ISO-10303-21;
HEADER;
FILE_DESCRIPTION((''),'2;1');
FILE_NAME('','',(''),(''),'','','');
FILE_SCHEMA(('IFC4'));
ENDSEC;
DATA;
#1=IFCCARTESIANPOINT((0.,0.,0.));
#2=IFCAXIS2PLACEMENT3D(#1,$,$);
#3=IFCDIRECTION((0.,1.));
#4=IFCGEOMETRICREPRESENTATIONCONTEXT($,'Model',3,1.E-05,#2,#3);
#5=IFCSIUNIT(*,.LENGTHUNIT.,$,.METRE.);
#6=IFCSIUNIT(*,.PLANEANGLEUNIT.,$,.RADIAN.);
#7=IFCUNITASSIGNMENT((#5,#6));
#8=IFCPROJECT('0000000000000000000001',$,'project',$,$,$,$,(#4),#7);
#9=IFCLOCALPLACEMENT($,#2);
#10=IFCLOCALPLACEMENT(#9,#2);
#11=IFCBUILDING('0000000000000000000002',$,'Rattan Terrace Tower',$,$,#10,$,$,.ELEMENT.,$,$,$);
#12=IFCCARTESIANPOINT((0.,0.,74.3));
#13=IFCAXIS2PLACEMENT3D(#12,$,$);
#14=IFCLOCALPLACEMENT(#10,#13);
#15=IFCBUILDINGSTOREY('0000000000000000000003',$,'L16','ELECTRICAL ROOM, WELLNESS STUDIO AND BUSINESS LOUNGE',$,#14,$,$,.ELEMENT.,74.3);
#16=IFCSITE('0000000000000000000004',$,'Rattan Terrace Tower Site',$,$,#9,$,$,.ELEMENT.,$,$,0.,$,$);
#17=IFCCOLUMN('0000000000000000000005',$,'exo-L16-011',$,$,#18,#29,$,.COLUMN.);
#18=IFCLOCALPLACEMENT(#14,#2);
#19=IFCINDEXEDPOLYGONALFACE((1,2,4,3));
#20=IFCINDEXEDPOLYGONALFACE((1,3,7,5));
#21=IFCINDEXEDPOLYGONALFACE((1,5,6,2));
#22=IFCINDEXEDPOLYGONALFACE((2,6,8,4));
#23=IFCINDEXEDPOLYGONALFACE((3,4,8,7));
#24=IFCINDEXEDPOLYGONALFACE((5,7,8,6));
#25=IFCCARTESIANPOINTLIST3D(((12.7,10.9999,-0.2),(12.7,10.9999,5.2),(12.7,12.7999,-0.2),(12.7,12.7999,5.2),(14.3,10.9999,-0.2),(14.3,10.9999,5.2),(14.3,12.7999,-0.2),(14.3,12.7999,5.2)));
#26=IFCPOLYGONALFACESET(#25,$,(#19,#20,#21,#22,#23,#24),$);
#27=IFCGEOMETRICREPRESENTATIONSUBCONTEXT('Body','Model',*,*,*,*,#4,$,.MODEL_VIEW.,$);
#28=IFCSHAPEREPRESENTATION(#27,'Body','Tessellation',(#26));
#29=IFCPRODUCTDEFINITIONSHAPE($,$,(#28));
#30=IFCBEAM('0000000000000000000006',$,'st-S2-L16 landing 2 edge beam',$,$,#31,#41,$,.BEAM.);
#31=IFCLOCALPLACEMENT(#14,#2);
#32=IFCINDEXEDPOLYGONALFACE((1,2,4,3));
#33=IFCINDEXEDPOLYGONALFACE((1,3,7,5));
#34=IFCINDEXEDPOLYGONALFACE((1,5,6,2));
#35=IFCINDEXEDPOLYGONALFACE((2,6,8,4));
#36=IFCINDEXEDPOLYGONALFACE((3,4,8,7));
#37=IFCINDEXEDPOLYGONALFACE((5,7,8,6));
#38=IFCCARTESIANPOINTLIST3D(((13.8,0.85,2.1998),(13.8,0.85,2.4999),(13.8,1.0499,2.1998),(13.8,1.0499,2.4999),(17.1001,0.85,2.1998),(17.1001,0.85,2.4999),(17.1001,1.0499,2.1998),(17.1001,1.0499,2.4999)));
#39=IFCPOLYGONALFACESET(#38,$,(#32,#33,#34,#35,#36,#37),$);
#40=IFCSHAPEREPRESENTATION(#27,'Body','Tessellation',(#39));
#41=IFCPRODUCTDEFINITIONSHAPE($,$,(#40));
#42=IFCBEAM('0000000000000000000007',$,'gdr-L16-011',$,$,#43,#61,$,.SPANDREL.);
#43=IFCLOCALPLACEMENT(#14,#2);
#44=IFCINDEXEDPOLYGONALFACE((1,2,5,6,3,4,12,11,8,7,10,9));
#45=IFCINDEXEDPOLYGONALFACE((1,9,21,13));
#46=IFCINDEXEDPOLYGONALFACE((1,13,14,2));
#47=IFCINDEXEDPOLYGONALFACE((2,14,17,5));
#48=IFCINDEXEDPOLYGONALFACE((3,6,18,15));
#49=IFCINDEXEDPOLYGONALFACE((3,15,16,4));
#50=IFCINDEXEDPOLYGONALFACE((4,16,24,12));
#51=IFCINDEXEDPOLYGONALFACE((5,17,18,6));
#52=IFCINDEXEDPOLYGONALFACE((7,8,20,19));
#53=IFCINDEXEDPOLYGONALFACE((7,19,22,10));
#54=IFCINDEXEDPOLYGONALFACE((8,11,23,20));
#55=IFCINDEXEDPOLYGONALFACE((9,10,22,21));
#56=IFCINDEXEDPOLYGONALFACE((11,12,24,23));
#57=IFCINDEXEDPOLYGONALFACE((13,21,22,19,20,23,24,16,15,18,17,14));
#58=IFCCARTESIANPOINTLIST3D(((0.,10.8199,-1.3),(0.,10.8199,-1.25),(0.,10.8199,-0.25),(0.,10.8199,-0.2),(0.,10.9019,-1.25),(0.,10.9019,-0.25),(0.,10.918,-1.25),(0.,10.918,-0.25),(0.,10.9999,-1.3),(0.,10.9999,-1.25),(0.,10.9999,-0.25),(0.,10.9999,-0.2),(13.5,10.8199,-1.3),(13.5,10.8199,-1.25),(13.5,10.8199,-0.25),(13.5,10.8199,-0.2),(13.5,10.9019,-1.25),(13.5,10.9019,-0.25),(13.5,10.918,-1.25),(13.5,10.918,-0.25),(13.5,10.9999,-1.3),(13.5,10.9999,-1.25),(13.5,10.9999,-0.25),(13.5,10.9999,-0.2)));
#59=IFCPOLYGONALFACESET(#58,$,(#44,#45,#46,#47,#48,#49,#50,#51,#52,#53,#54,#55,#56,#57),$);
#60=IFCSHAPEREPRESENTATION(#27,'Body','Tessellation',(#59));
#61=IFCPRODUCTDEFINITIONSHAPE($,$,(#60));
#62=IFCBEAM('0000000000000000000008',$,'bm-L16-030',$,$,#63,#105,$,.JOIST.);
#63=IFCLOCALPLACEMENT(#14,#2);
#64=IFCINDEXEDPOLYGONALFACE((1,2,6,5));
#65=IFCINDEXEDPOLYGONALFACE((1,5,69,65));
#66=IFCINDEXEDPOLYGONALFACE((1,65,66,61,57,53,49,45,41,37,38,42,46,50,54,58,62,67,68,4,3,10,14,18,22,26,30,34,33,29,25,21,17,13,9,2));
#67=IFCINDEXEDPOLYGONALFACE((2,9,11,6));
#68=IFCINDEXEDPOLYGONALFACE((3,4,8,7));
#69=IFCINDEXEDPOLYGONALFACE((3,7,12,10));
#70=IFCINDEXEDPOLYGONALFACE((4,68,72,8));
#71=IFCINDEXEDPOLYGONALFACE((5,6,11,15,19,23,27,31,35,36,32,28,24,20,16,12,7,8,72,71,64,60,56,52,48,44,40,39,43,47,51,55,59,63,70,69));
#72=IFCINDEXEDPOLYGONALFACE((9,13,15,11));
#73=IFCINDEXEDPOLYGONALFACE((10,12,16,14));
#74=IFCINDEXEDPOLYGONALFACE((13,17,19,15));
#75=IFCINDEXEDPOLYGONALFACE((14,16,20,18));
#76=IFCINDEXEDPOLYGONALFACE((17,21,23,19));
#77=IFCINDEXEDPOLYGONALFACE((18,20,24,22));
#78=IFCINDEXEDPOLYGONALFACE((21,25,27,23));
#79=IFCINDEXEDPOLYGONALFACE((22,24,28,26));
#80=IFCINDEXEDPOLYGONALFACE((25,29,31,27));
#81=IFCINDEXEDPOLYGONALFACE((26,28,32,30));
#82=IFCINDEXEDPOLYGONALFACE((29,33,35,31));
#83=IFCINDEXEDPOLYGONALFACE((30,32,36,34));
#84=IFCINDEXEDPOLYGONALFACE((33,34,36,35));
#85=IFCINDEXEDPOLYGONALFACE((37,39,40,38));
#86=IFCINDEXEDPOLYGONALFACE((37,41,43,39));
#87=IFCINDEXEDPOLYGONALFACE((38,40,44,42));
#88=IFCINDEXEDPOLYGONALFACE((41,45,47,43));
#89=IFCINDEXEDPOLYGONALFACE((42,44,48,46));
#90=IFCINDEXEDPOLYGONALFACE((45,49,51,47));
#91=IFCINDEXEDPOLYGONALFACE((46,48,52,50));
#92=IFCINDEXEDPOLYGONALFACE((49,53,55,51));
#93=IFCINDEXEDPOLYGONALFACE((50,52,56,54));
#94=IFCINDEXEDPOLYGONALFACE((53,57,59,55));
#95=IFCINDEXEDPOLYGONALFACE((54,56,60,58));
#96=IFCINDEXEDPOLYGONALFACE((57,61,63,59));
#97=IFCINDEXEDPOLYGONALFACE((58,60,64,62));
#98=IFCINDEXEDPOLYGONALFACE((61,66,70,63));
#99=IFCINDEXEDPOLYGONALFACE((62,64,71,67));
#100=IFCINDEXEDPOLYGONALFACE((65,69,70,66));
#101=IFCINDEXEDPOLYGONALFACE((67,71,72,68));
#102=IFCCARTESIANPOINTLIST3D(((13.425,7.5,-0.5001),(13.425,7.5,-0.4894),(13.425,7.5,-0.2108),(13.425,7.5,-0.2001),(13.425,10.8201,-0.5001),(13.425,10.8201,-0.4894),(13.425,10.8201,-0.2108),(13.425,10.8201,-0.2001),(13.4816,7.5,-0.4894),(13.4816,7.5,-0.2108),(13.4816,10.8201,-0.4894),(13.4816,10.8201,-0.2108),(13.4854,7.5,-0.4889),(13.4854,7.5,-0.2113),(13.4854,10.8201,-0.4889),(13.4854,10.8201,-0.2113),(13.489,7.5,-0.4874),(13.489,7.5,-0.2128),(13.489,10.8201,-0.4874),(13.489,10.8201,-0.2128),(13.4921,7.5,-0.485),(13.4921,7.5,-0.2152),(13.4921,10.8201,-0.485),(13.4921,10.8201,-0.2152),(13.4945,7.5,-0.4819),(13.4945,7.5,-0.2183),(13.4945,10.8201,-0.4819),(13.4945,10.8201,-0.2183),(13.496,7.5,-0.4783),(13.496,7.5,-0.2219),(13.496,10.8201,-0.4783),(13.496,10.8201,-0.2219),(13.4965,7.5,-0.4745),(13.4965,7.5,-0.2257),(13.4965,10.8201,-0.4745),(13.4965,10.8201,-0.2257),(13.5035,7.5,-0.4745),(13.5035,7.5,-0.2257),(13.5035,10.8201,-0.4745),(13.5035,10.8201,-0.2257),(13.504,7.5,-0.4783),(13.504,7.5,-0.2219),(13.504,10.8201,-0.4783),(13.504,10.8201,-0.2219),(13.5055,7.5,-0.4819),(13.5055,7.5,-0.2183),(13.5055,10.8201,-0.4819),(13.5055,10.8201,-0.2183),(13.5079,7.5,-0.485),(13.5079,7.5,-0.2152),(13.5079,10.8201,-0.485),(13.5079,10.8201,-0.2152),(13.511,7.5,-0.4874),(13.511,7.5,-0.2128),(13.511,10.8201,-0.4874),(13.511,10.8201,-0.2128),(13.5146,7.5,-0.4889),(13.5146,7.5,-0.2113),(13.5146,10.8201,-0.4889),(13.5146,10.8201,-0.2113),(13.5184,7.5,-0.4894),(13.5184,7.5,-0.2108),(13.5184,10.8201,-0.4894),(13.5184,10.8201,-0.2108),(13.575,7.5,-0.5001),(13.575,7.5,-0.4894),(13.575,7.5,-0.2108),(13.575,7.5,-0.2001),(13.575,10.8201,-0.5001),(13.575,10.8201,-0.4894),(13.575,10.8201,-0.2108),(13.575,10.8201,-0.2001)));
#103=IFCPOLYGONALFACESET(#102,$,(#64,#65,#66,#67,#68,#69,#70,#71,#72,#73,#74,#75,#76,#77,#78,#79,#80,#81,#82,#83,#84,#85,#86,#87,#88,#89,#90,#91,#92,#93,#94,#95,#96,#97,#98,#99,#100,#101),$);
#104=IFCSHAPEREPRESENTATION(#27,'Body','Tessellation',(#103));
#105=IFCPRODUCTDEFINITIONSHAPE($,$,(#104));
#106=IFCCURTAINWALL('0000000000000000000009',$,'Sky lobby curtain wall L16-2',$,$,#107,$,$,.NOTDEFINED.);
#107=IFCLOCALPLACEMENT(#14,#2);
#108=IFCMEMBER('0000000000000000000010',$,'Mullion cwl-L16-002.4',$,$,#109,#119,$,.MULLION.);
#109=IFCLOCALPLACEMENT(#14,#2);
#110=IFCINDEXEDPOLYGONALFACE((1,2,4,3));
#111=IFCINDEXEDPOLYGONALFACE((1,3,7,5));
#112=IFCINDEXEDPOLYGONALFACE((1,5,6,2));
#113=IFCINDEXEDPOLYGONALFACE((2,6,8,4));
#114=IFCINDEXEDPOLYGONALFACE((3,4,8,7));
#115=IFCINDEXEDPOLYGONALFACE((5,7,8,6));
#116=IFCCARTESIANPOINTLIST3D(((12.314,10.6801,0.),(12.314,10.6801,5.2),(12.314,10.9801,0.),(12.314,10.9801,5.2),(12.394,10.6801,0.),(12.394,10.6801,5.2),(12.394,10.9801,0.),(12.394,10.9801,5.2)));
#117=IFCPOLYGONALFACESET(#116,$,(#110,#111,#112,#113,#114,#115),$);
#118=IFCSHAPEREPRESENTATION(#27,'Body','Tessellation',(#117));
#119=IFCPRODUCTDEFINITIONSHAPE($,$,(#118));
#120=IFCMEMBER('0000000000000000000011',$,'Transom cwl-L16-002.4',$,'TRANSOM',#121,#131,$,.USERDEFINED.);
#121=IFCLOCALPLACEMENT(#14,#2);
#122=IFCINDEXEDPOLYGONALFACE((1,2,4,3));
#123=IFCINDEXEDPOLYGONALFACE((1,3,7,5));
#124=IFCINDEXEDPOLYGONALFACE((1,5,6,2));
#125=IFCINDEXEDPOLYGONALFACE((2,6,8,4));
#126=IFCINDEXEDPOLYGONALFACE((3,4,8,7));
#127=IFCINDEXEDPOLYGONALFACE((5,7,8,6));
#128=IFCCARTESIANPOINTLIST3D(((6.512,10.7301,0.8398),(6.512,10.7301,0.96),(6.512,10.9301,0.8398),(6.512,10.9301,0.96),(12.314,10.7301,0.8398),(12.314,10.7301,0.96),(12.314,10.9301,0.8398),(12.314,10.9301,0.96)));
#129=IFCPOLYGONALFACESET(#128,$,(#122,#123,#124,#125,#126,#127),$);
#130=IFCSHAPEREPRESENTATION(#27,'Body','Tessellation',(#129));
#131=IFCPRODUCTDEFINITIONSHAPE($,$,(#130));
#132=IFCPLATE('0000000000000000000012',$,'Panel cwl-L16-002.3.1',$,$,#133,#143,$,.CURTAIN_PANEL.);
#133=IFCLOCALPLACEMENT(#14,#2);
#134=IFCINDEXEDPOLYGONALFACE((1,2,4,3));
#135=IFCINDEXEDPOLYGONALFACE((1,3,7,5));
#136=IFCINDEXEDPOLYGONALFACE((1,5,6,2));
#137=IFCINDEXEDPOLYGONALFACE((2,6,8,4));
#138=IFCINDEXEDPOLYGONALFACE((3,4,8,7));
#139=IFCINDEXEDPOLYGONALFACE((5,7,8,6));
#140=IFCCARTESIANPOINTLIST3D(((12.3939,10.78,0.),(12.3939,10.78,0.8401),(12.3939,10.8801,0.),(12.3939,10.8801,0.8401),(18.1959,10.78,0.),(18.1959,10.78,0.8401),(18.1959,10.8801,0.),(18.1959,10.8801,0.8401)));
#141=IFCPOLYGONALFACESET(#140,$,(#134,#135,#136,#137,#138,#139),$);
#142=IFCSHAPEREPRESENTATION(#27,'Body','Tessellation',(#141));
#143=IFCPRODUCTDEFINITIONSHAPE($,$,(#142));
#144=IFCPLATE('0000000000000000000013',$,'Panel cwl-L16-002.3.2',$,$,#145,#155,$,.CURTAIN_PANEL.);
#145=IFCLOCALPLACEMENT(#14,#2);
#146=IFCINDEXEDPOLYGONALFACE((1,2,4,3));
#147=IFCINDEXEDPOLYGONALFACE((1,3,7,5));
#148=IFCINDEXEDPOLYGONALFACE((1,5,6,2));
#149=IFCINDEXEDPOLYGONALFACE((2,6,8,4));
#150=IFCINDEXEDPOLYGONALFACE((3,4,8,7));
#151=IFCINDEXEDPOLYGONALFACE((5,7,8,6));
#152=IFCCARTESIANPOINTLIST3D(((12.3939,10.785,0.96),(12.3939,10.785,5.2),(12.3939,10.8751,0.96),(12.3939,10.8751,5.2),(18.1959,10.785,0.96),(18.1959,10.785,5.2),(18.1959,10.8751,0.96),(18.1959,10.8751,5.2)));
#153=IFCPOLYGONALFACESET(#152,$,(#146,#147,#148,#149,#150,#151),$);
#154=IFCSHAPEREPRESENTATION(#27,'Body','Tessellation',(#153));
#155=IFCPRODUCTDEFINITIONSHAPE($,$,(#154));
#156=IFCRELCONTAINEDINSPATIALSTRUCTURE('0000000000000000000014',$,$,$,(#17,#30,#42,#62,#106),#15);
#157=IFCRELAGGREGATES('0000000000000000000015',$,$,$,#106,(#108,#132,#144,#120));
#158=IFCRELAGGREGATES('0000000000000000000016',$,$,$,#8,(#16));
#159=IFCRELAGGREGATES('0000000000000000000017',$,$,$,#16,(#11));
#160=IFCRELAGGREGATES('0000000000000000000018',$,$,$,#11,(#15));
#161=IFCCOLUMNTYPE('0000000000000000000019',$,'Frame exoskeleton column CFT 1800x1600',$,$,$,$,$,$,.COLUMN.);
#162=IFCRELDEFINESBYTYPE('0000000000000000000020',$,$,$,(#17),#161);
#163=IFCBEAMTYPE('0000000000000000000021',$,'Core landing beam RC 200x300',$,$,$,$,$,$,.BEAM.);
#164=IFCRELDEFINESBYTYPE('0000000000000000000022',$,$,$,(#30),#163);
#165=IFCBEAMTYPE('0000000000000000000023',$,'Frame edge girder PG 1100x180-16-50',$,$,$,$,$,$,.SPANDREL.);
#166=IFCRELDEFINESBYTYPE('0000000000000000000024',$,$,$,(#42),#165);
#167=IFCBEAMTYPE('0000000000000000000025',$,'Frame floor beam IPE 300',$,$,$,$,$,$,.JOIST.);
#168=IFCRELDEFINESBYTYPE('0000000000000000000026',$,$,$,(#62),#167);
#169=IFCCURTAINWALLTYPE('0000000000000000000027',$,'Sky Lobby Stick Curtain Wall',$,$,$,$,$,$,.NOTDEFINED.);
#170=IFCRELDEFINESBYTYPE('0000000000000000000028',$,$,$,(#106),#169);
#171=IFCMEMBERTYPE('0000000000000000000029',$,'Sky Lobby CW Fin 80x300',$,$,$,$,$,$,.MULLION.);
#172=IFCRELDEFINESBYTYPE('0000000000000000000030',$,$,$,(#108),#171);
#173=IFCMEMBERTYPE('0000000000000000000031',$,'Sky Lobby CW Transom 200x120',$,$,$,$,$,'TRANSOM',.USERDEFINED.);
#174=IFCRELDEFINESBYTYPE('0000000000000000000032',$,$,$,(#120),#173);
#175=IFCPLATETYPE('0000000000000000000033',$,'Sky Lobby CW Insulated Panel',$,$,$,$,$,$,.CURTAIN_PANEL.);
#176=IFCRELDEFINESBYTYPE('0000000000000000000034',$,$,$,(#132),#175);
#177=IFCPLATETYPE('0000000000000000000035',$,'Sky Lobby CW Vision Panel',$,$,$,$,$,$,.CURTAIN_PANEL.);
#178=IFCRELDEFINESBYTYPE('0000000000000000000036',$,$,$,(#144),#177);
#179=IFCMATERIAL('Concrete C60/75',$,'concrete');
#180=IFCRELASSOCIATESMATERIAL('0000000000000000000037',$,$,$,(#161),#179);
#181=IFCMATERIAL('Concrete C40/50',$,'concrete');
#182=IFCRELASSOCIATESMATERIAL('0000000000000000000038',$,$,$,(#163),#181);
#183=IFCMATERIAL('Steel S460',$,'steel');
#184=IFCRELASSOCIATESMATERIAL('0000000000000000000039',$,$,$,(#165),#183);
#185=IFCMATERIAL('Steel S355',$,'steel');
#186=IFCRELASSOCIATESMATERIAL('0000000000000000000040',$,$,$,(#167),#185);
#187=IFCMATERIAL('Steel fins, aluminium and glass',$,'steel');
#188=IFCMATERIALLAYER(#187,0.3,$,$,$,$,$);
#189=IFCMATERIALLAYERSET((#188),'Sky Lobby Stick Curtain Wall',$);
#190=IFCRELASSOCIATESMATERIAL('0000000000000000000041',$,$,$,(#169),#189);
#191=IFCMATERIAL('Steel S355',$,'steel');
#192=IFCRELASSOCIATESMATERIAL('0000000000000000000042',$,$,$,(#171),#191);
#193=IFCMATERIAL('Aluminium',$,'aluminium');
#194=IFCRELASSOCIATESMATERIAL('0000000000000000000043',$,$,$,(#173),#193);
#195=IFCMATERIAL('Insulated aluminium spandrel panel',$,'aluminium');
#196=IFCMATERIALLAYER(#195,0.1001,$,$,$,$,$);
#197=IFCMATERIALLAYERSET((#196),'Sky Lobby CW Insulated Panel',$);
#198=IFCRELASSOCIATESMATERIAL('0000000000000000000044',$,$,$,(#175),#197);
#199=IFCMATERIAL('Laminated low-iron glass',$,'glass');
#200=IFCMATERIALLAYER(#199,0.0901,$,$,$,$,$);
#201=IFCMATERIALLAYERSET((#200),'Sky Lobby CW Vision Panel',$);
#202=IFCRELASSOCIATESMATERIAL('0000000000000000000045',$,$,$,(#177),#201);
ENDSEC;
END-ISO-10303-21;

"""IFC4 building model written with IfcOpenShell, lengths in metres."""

from ifc_helpers import new_model, si_unit, direction, frame, origin, origin_2d, place, context, subcontext, project, spatial, rectangle, i_section, extrude, material, layer, layer_set, material_profile, profile_set, type_object, element, aggregate, save


model = new_model("IFC4")

# Units and contexts
model_context = context("Model", 3, precision=1e-05, world=origin(), true_north=direction((0.0, 1.0)))
body_context = subcontext(model_context, "Body", "Model", "MODEL_VIEW")
ifc_project = project(units=[si_unit("LENGTHUNIT", "METRE"), si_unit("PLANEANGLEUNIT", "RADIAN")], contexts=[model_context])

# Site, building, storey
site_placement = place(None, origin())
site = spatial("IfcSite", under=ifc_project, at=site_placement, Name="Rattan Terrace Tower Site", CompositionType="ELEMENT", RefElevation=0.0)
building_placement = place(site_placement, origin())
building = spatial("IfcBuilding", under=site, at=building_placement, Name="Rattan Terrace Tower", CompositionType="ELEMENT")
storey_placement = place(building_placement, frame((0.0, 0.0, 74.3)))
storey = spatial("IfcBuildingStorey", under=building, at=storey_placement, Name="L16", Description="ELECTRICAL ROOM, WELLNESS STUDIO AND BUSINESS LOUNGE", CompositionType="ELEMENT", Elevation=74.3)

# Column
ifc_material_1 = material(Name="Concrete C60/75", Category="concrete")
ifc_material_profile_1 = material_profile(ifc_material_1, rectangle(XDim=1.6001, YDim=1.8, at=origin_2d()), Name="CFT 1800x1600")
ifc_profile_set_1 = profile_set([ifc_material_profile_1], Name="Concrete C60/75")
column_type = type_object("IfcColumnType", Name="Frame exoskeleton column CFT 1800x1600", PredefinedType="COLUMN", material=ifc_profile_set_1)
column_placement = place(storey_placement, frame((13.5, 11.8999, -0.2), z_axis=(0.0, 0.0, 1.0), x_axis=(1.0, 0.0, 0.0)))
element("IfcColumn", 1, at=column_placement, inside=storey, type_object=column_type, Name="exo-L16-011", PredefinedType="COLUMN", context=body_context, shape_type="SweptSolid", body=[
    extrude(rectangle(XDim=1.6001, YDim=1.8, at=origin_2d()), origin(), (0.0, 0.0, 1.0), 5.3999),
])

# Beams
ifc_material_2 = material(Name="Concrete C40/50", Category="concrete")
ifc_material_profile_2 = material_profile(ifc_material_2, rectangle(XDim=0.2, YDim=0.3, at=origin_2d()), Name="RC 200x300")
ifc_profile_set_2 = profile_set([ifc_material_profile_2], Name="Concrete C40/50")
beam_type_1 = type_object("IfcBeamType", Name="Core landing beam RC 200x300", PredefinedType="BEAM", material=ifc_profile_set_2)
beam_1_placement = place(storey_placement, frame((13.8, 0.95, 2.3499), z_axis=(1.0, 0.0, 0.0), x_axis=(0.0, 1.0, 0.0)))
element("IfcBeam", 2, at=beam_1_placement, inside=storey, type_object=beam_type_1, Name="st-S2-L16 landing 2 edge beam", PredefinedType="BEAM", context=body_context, shape_type="SweptSolid", body=[
    extrude(rectangle(XDim=0.2, YDim=0.3, at=origin_2d()), origin(), (0.0, 0.0, 1.0), 3.3),
])
ifc_material_3 = material(Name="Steel S460", Category="steel")
ifc_material_profile_3 = material_profile(ifc_material_3, i_section(OverallWidth=0.1799, OverallDepth=1.1001, WebThickness=0.0161, FlangeThickness=0.05, at=origin_2d()), Name="PG 1100x180-16-50")
ifc_profile_set_3 = profile_set([ifc_material_profile_3], Name="Steel S460")
beam_type_2 = type_object("IfcBeamType", Name="Frame edge girder PG 1100x180-16-50", PredefinedType="SPANDREL", material=ifc_profile_set_3)
beam_2_placement = place(storey_placement, frame((13.5, 10.9099, -0.75), z_axis=(-1.0, 0.0, 0.0), x_axis=(0.0, -1.0, 0.0)))
element("IfcBeam", 3, at=beam_2_placement, inside=storey, type_object=beam_type_2, Name="gdr-L16-011", PredefinedType="SPANDREL", context=body_context, shape_type="SweptSolid", body=[
    extrude(i_section(OverallWidth=0.1799, OverallDepth=1.1001, WebThickness=0.0161, FlangeThickness=0.05, at=origin_2d()), origin(), (0.0, 0.0, 1.0), 13.5),
])
ifc_material_4 = material(Name="Steel S355", Category="steel")
ifc_material_profile_4 = material_profile(ifc_material_4, i_section(OverallWidth=0.1499, OverallDepth=0.3, WebThickness=0.0071, FlangeThickness=0.0107, FilletRadius=0.0149, at=origin_2d()), Name="IPE 300")
ifc_profile_set_4 = profile_set([ifc_material_profile_4], Name="Steel S355")
beam_type_3 = type_object("IfcBeamType", Name="Frame floor beam IPE 300", PredefinedType="JOIST", material=ifc_profile_set_4)
beam_3_placement = place(storey_placement, frame((13.5, 7.5, -0.3501), z_axis=(0.0, 1.0, 0.0), x_axis=(-1.0, 0.0, 0.0)))
element("IfcBeam", 4, at=beam_3_placement, inside=storey, type_object=beam_type_3, Name="bm-L16-030", PredefinedType="JOIST", context=body_context, shape_type="SweptSolid", body=[
    extrude(i_section(OverallWidth=0.1499, OverallDepth=0.3, WebThickness=0.0071, FlangeThickness=0.0107, FilletRadius=0.0149, at=origin_2d()), origin(), (0.0, 0.0, 1.0), 3.3201),
])

# Curtain wall, members, plates
ifc_material_5 = material(Name="Steel fins, aluminium and glass", Category="steel")
ifc_layer_1 = layer(ifc_material_5, 0.3)
ifc_layer_set_1 = layer_set([ifc_layer_1], Name="Sky Lobby Stick Curtain Wall")
curtain_wall_type = type_object("IfcCurtainWallType", Name="Sky Lobby Stick Curtain Wall", PredefinedType="NOTDEFINED", material=ifc_layer_set_1)
curtain_wall_placement = place(storey_placement, origin())
curtain_wall = element("IfcCurtainWall", 5, at=curtain_wall_placement, inside=storey, type_object=curtain_wall_type, Name="Sky lobby curtain wall L16-2", PredefinedType="NOTDEFINED")
ifc_material_6 = material(Name="Steel S355", Category="steel")
ifc_material_profile_5 = material_profile(ifc_material_6, rectangle(XDim=0.0801, YDim=0.3, at=origin_2d()), Name="Steel S355 80x300")
ifc_profile_set_5 = profile_set([ifc_material_profile_5], Name="Steel S355")
member_type_1 = type_object("IfcMemberType", Name="Sky Lobby CW Fin 80x300", PredefinedType="MULLION", material=ifc_profile_set_5)
member_1_placement = place(storey_placement, frame((12.354, 10.8301, 0.0), z_axis=(0.0, 0.0, 1.0), x_axis=(-1.0, 0.0, 0.0)))
member_1 = element("IfcMember", 6, at=member_1_placement, type_object=member_type_1, Name="Mullion cwl-L16-002.4", PredefinedType="MULLION", context=body_context, shape_type="SweptSolid", body=[
    extrude(rectangle(XDim=0.0801, YDim=0.3, at=origin_2d()), origin(), (0.0, 0.0, 1.0), 5.2),
])
ifc_material_7 = material(Name="Aluminium", Category="aluminium")
ifc_material_profile_6 = material_profile(ifc_material_7, rectangle(XDim=0.2, YDim=0.1201, at=origin_2d()), Name="Aluminium 200x120")
ifc_profile_set_6 = profile_set([ifc_material_profile_6], Name="Aluminium")
member_type_2 = type_object("IfcMemberType", Name="Sky Lobby CW Transom 200x120", ElementType="TRANSOM", PredefinedType="USERDEFINED", material=ifc_profile_set_6)
member_2_placement = place(storey_placement, frame((12.314, 10.8301, 0.8999), z_axis=(-1.0, 0.0, 0.0), x_axis=(0.0, -1.0, 0.0)))
member_2 = element("IfcMember", 7, at=member_2_placement, type_object=member_type_2, Name="Transom cwl-L16-002.4", ObjectType="TRANSOM", PredefinedType="USERDEFINED", context=body_context, shape_type="SweptSolid", body=[
    extrude(rectangle(XDim=0.2, YDim=0.1201, at=origin_2d()), origin(), (0.0, 0.0, 1.0), 5.802),
])
ifc_material_8 = material(Name="Insulated aluminium spandrel panel", Category="aluminium")
ifc_layer_2 = layer(ifc_material_8, 0.1001)
ifc_layer_set_2 = layer_set([ifc_layer_2], Name="Sky Lobby CW Insulated Panel")
plate_type_1 = type_object("IfcPlateType", Name="Sky Lobby CW Insulated Panel", PredefinedType="CURTAIN_PANEL", material=ifc_layer_set_2)
plate_1_placement = place(storey_placement, frame((15.2949, 10.8301, 0.0), z_axis=(0.0, 0.0, 1.0), x_axis=(-1.0, 0.0, 0.0)))
plate_1 = element("IfcPlate", 8, at=plate_1_placement, type_object=plate_type_1, Name="Panel cwl-L16-002.3.1", PredefinedType="CURTAIN_PANEL", context=body_context, shape_type="SweptSolid", body=[
    extrude(rectangle(XDim=5.802, YDim=0.1001, at=origin_2d()), origin(), (0.0, 0.0, 1.0), 0.8401),
])
ifc_material_9 = material(Name="Laminated low-iron glass", Category="glass")
ifc_layer_3 = layer(ifc_material_9, 0.0901)
ifc_layer_set_3 = layer_set([ifc_layer_3], Name="Sky Lobby CW Vision Panel")
plate_type_2 = type_object("IfcPlateType", Name="Sky Lobby CW Vision Panel", PredefinedType="CURTAIN_PANEL", material=ifc_layer_set_3)
plate_2_placement = place(storey_placement, frame((15.2949, 10.8301, 0.96), z_axis=(0.0, 0.0, 1.0), x_axis=(-1.0, 0.0, 0.0)))
plate_2 = element("IfcPlate", 9, at=plate_2_placement, type_object=plate_type_2, Name="Panel cwl-L16-002.3.2", PredefinedType="CURTAIN_PANEL", context=body_context, shape_type="SweptSolid", body=[
    extrude(rectangle(XDim=5.802, YDim=0.0901, at=origin_2d()), origin(), (0.0, 0.0, 1.0), 4.24),
])
aggregate(curtain_wall, [member_1, plate_1, plate_2, member_2])

save(model, "model.ifc")
